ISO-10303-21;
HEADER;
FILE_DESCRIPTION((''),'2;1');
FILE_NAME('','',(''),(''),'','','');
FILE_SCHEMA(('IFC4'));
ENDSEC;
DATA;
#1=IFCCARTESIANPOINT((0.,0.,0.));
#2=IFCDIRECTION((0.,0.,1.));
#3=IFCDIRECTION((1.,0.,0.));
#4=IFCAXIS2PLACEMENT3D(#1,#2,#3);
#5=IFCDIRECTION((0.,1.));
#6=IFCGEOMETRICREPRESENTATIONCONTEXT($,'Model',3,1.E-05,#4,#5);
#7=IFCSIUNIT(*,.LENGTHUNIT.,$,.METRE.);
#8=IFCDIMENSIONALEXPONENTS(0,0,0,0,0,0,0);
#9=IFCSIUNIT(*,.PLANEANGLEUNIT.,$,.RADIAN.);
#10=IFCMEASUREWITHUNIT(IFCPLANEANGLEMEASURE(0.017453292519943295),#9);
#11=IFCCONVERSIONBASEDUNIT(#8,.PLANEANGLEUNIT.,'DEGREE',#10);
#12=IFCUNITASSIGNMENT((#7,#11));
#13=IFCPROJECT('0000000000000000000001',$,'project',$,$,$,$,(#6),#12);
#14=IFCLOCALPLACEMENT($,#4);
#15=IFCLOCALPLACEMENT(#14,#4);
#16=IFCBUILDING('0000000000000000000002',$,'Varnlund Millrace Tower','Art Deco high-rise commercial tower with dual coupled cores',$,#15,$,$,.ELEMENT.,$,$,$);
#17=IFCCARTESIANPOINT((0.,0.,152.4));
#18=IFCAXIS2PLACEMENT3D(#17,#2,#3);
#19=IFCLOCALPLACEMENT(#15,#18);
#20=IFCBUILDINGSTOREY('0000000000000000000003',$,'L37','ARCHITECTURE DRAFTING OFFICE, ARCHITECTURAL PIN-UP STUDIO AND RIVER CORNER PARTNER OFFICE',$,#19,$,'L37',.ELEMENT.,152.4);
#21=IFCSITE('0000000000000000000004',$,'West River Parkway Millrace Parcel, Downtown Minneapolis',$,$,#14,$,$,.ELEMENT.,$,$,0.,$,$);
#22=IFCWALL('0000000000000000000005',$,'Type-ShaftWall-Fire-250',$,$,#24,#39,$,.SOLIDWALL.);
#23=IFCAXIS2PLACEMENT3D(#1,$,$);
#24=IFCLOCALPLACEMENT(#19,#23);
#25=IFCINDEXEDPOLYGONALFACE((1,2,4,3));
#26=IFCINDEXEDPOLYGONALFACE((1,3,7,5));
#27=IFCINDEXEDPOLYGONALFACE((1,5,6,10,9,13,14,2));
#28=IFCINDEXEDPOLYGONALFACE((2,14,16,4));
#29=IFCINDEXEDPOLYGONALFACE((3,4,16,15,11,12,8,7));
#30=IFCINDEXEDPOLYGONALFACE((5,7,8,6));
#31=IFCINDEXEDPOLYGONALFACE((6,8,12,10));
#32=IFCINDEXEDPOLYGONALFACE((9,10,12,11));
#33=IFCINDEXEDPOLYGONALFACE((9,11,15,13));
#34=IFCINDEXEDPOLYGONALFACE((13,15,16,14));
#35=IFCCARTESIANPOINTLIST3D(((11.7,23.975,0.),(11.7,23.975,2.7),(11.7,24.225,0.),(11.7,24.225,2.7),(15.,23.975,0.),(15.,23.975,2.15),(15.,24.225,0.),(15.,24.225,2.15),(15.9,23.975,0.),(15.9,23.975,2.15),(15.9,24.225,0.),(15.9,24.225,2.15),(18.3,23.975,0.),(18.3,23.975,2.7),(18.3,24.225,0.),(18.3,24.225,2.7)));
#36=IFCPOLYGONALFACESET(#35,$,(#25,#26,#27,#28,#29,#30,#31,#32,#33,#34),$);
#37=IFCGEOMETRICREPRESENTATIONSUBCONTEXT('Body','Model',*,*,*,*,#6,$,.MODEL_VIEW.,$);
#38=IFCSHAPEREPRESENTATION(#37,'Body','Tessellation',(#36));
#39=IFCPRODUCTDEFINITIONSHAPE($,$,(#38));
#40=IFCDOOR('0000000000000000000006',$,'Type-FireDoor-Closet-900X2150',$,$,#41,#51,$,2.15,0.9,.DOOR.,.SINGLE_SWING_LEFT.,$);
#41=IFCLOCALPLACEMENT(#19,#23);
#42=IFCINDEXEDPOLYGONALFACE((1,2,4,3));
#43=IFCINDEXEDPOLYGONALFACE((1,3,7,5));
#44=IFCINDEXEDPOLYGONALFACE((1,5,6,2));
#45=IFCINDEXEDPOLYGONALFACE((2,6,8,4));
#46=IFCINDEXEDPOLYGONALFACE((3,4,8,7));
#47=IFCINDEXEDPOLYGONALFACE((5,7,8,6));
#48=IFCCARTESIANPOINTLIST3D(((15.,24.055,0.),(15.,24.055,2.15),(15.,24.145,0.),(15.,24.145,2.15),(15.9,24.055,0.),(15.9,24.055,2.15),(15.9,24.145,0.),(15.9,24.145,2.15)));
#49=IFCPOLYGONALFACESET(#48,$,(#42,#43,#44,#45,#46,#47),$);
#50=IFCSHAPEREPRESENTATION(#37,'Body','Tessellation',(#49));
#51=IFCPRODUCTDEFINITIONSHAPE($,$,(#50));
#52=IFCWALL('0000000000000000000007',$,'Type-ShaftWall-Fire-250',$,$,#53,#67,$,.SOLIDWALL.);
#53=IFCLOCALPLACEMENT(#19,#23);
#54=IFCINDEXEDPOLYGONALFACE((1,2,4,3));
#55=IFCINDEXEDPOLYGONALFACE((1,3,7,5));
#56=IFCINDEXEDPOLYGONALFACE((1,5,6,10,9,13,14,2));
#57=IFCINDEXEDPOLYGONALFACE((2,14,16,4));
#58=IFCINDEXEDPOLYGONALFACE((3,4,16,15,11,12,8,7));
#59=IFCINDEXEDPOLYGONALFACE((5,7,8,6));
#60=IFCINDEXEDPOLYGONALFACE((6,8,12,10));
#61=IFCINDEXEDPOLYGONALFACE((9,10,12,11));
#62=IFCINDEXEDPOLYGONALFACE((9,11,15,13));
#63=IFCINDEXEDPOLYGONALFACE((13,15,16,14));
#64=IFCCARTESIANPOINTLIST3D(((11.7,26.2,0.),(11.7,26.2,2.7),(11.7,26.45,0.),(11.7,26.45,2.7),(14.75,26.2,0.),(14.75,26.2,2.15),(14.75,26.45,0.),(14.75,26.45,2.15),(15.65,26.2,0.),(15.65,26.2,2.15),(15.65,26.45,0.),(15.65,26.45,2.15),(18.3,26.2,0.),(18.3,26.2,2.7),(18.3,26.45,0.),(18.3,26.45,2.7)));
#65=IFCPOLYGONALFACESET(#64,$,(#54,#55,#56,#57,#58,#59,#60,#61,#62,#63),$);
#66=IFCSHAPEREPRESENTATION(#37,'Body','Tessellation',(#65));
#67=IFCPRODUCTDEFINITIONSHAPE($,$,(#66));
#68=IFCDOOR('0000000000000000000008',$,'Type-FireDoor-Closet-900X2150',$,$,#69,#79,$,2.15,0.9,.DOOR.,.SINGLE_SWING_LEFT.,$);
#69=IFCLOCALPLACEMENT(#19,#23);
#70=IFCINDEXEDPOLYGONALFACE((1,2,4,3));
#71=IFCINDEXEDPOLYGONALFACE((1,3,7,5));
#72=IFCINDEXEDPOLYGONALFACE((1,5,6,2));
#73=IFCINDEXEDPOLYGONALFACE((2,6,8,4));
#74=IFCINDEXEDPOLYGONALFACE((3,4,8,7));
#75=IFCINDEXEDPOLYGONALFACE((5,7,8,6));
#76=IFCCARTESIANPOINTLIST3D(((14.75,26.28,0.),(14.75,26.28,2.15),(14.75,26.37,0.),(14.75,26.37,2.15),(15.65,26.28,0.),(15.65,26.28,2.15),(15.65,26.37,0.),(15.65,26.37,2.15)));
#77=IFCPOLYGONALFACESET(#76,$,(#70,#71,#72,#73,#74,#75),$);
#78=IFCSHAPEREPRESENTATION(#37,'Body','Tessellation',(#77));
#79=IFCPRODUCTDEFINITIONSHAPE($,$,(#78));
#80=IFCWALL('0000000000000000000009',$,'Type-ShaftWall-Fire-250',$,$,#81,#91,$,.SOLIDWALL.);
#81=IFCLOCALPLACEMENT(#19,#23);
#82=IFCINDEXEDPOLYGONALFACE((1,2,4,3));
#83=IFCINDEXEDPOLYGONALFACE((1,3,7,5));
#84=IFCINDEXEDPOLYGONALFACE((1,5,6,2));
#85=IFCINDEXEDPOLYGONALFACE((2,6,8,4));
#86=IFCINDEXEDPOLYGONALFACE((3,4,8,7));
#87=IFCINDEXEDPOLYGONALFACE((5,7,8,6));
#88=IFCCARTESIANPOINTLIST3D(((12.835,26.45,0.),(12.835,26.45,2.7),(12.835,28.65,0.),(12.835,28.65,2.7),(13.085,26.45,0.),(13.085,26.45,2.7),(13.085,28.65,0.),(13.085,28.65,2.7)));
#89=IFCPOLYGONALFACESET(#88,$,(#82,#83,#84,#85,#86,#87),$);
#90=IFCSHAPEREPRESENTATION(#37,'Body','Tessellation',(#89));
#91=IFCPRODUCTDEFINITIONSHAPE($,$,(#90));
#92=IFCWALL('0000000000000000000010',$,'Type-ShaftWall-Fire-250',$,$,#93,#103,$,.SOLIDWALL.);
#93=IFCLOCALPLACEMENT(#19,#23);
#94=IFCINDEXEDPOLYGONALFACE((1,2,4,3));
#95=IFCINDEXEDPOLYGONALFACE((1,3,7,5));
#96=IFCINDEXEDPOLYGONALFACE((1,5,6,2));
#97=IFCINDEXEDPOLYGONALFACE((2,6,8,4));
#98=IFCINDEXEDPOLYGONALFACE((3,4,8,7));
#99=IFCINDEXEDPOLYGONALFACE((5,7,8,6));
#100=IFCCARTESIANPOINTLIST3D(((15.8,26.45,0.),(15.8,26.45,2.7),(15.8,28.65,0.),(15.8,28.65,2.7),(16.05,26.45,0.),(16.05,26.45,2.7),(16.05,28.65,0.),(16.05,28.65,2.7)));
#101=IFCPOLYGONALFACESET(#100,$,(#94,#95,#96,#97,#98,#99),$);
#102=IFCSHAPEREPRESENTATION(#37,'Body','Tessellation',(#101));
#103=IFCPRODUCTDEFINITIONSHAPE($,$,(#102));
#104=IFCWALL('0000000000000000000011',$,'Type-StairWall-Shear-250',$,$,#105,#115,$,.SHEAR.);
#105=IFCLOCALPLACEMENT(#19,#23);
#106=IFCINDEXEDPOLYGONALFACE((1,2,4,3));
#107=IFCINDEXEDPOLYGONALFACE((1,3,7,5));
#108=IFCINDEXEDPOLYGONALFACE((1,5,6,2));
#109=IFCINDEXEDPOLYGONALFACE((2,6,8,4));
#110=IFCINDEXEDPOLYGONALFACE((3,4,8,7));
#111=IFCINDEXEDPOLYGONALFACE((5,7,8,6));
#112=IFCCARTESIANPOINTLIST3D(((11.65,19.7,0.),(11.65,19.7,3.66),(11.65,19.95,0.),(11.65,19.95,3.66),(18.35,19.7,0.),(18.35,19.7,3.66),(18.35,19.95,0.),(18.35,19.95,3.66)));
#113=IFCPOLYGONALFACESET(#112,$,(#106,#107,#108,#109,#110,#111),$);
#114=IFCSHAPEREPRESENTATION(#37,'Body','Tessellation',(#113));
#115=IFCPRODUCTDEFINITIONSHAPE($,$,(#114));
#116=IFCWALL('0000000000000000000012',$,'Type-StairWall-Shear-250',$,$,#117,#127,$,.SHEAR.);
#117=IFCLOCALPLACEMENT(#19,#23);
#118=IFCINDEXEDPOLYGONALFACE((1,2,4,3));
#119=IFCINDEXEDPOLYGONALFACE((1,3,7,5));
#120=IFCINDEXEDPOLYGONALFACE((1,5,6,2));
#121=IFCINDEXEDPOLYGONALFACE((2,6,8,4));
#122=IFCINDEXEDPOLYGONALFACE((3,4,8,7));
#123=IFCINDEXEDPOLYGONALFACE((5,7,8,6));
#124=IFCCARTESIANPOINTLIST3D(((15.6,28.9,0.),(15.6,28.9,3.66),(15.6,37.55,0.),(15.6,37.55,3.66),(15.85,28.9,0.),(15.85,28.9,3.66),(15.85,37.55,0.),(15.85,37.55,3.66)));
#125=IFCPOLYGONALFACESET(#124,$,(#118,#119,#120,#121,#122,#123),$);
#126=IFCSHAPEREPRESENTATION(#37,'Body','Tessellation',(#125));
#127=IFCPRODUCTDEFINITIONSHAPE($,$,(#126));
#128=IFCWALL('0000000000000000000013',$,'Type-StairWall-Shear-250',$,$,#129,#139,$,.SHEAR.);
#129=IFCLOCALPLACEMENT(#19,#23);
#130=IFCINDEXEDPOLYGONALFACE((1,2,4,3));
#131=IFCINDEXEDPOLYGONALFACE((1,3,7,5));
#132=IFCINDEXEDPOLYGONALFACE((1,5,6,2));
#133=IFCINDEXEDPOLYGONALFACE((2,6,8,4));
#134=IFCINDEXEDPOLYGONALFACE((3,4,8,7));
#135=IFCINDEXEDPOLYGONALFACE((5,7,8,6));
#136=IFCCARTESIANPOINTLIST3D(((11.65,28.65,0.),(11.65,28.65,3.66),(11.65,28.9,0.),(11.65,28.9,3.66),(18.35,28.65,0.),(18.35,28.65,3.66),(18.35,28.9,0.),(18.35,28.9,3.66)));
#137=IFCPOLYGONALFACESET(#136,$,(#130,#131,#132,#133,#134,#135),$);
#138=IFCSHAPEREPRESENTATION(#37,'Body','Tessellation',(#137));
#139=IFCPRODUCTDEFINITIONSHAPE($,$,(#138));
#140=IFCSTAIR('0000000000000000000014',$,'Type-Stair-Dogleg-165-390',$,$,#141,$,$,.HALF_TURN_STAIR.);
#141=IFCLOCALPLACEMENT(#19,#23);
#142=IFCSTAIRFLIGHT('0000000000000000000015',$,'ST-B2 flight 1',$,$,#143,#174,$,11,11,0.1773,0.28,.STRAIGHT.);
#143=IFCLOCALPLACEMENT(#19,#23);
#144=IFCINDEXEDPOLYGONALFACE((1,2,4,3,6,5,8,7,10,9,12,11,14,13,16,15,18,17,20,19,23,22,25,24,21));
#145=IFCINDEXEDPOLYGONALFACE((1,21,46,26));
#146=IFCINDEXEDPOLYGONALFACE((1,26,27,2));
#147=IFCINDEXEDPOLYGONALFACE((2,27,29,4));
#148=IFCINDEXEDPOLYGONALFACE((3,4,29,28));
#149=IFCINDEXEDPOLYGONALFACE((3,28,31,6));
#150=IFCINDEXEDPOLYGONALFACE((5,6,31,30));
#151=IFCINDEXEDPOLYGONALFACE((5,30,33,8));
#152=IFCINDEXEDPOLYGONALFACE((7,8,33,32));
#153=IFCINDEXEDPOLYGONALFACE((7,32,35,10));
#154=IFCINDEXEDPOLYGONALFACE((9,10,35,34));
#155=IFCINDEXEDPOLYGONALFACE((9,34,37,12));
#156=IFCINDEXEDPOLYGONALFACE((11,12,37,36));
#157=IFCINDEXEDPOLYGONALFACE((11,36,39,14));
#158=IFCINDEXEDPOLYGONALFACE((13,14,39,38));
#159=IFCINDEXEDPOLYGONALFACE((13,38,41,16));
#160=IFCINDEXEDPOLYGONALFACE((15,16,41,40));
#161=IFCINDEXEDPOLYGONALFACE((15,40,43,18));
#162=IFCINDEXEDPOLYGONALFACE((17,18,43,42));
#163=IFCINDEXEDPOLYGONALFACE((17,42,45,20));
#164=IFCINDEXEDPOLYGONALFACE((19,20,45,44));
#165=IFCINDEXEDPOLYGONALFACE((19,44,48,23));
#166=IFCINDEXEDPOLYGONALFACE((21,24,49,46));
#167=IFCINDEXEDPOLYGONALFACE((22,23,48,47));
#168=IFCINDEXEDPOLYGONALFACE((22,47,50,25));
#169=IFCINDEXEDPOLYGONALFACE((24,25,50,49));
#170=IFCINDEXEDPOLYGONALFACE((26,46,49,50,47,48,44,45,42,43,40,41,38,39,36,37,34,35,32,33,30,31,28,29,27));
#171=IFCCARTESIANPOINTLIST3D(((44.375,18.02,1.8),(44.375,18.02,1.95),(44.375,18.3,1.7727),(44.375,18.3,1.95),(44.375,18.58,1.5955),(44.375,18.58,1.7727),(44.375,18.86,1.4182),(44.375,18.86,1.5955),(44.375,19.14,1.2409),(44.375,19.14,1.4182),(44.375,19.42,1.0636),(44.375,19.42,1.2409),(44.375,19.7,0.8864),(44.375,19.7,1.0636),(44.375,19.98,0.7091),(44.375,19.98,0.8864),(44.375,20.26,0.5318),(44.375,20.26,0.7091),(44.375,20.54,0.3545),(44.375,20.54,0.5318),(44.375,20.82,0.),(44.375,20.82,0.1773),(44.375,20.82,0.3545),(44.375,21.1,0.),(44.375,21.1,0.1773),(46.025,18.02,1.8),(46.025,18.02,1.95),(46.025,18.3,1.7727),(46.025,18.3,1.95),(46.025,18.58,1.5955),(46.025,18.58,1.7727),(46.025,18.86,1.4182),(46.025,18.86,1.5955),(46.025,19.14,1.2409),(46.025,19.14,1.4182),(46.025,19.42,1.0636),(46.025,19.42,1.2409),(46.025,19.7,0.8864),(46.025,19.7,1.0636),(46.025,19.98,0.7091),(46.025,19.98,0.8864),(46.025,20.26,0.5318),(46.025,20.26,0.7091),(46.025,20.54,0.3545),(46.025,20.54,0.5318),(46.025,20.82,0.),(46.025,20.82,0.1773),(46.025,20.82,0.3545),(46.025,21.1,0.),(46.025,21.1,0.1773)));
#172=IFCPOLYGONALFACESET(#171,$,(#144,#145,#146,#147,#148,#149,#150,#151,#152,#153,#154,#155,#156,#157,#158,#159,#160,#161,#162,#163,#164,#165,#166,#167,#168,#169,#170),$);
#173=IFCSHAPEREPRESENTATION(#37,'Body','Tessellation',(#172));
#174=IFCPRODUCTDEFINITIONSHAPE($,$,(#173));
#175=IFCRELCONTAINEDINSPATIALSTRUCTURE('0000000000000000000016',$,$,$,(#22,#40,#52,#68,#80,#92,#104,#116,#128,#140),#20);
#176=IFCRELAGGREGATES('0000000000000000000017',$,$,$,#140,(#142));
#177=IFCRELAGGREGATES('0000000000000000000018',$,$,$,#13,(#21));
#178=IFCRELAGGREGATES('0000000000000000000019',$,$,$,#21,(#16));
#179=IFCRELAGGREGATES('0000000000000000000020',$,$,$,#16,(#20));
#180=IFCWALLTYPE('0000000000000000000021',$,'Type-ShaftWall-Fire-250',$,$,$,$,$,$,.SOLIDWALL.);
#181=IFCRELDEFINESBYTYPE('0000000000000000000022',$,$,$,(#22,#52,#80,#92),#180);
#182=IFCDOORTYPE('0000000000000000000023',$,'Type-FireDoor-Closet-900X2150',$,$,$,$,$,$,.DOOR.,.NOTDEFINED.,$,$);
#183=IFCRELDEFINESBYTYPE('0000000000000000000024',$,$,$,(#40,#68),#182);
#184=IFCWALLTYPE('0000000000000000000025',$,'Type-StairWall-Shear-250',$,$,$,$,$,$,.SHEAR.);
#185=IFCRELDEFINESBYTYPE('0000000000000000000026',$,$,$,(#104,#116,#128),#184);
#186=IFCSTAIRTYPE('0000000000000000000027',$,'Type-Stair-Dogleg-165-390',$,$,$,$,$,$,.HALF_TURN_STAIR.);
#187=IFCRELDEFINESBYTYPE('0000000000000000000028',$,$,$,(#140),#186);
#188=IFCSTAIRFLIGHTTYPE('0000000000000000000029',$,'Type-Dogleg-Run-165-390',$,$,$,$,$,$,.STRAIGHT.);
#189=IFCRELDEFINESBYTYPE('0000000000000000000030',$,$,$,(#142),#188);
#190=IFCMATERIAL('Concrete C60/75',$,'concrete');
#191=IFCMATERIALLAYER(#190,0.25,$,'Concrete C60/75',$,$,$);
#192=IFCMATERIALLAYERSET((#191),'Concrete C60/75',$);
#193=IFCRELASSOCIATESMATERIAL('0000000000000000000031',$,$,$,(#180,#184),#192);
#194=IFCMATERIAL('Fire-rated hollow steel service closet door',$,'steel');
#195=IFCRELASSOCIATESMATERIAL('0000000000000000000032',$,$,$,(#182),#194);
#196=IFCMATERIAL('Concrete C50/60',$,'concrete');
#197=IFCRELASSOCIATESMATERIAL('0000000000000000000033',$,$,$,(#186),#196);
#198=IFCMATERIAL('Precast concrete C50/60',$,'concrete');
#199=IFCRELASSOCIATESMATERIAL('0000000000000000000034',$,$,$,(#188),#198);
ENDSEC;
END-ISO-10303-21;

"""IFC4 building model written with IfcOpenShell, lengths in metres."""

from ifc_helpers import new_model, entity, si_unit, converted_unit, direction, frame, origin_with_axes, origin_2d_with_axis, place, context, subcontext, project, spatial, polyline, rectangle, outline, extrude, material, layer, layer_set, type_object, element, fill, aggregate, save


model = new_model("IFC4")

# Units and contexts
model_context = context("Model", 3, precision=1e-05, world=origin_with_axes(), true_north=direction((0.0, 1.0)))
body_context = subcontext(model_context, "Body", "Model", "MODEL_VIEW")
ifc_project = project(units=[si_unit("LENGTHUNIT", "METRE"), converted_unit("PLANEANGLEUNIT", "DEGREE", entity("IfcPlaneAngleMeasure", 0.017453292519943295), si_unit("PLANEANGLEUNIT", "RADIAN"), dimensions=[0, 0, 0, 0, 0, 0, 0])], contexts=[model_context])

# Site, building, storey
site_placement = place(None, origin_with_axes())
site = spatial("IfcSite", under=ifc_project, at=site_placement, Name="West River Parkway Millrace Parcel, Downtown Minneapolis", CompositionType="ELEMENT", RefElevation=0.0)
building_placement = place(site_placement, origin_with_axes())
building = spatial("IfcBuilding", under=site, at=building_placement, Name="Varnlund Millrace Tower", Description="Art Deco high-rise commercial tower with dual coupled cores", CompositionType="ELEMENT")
storey_placement = place(building_placement, frame((0.0, 0.0, 152.4), z_axis=(0.0, 0.0, 1.0), x_axis=(1.0, 0.0, 0.0)))
storey = spatial("IfcBuildingStorey", under=building, at=storey_placement, Name="L37", Description="ARCHITECTURE DRAFTING OFFICE, ARCHITECTURAL PIN-UP STUDIO AND RIVER CORNER PARTNER OFFICE", LongName="L37", CompositionType="ELEMENT", Elevation=152.4)

# Shared definitions
ifc_material_1 = material(Name="Concrete C60/75", Category="concrete")
ifc_layer_1 = layer(ifc_material_1, 0.25, Name="Concrete C60/75")
ifc_layer_set_1 = layer_set([ifc_layer_1], Name="Concrete C60/75")
wall_type_1 = type_object("IfcWallType", Name="Type-ShaftWall-Fire-250", PredefinedType="SOLIDWALL", material=ifc_layer_set_1)

# Walls, openings, doors
wall_1_placement = place(storey_placement, frame((11.7, 24.1, 0.0), z_axis=(0.0, 0.0, 1.0), x_axis=(1.0, 0.0, 0.0)))
wall_1 = element("IfcWall", 1, at=wall_1_placement, inside=storey, type_object=wall_type_1, Name="Type-ShaftWall-Fire-250", PredefinedType="SOLIDWALL", context=body_context, shape_type="SweptSolid", body=[
    extrude(outline(polyline([(0.0, -0.125), (6.6, -0.125), (6.6, 0.125), (0.0, 0.125), (0.0, -0.125)])), origin_with_axes(), (0.0, 0.0, 1.0), 2.7),
])
opening_1_placement = place(wall_1_placement, frame((3.75, 0.0, 0.0), z_axis=(0.0, 0.0, 1.0), x_axis=(1.0, 0.0, 0.0)))
opening_1 = element("IfcOpeningElement", 2, at=opening_1_placement, cuts=wall_1, PredefinedType="OPENING", context=body_context, shape_type="SweptSolid", body=[
    extrude(rectangle(XDim=0.9, YDim=0.27, at=origin_2d_with_axis()), origin_with_axes(), (0.0, 0.0, 1.0), 2.15),
])
ifc_material_2 = material(Name="Fire-rated hollow steel service closet door", Category="steel")
door_type_1 = type_object("IfcDoorType", Name="Type-FireDoor-Closet-900X2150", OperationType="NOTDEFINED", PredefinedType="DOOR", material=ifc_material_2)
door_1_placement = place(wall_1_placement, frame((3.75, 0.0, 0.0), z_axis=(0.0, 0.0, 1.0), x_axis=(1.0, 0.0, 0.0)))
door_1 = element("IfcDoor", 3, at=door_1_placement, inside=storey, type_object=door_type_1, Name="Type-FireDoor-Closet-900X2150", OperationType="SINGLE_SWING_LEFT", OverallHeight=2.15, OverallWidth=0.9, PredefinedType="DOOR", context=body_context, shape_type="SweptSolid", body=[
    extrude(rectangle(XDim=0.9, YDim=0.09, at=origin_2d_with_axis()), origin_with_axes(), (0.0, 0.0, 1.0), 2.15),
])
fill(opening_1, door_1)
wall_2_placement = place(storey_placement, frame((11.7, 26.325, 0.0), z_axis=(0.0, 0.0, 1.0), x_axis=(1.0, 0.0, 0.0)))
wall_2 = element("IfcWall", 4, at=wall_2_placement, inside=storey, type_object=wall_type_1, Name="Type-ShaftWall-Fire-250", PredefinedType="SOLIDWALL", context=body_context, shape_type="SweptSolid", body=[
    extrude(outline(polyline([(0.0, -0.125), (6.6, -0.125), (6.6, 0.125), (0.0, 0.125), (0.0, -0.125)])), origin_with_axes(), (0.0, 0.0, 1.0), 2.7),
])
opening_2_placement = place(wall_2_placement, frame((3.5, 0.0, 0.0), z_axis=(0.0, 0.0, 1.0), x_axis=(1.0, 0.0, 0.0)))
opening_2 = element("IfcOpeningElement", 5, at=opening_2_placement, cuts=wall_2, PredefinedType="OPENING", context=body_context, shape_type="SweptSolid", body=[
    extrude(rectangle(XDim=0.9, YDim=0.27, at=origin_2d_with_axis()), origin_with_axes(), (0.0, 0.0, 1.0), 2.15),
])
door_2_placement = place(wall_2_placement, frame((3.5, 0.0, 0.0), z_axis=(0.0, 0.0, 1.0), x_axis=(1.0, 0.0, 0.0)))
door_2 = element("IfcDoor", 6, at=door_2_placement, inside=storey, type_object=door_type_1, Name="Type-FireDoor-Closet-900X2150", OperationType="SINGLE_SWING_LEFT", OverallHeight=2.15, OverallWidth=0.9, PredefinedType="DOOR", context=body_context, shape_type="SweptSolid", body=[
    extrude(rectangle(XDim=0.9, YDim=0.09, at=origin_2d_with_axis()), origin_with_axes(), (0.0, 0.0, 1.0), 2.15),
])
fill(opening_2, door_2)

# Walls
for number, where, z_axis, x_axis, name in (
    (7, (12.96, 26.45, 0.0), (0.0, 0.0, 1.0), (0.0, 1.0, 0.0), "Type-ShaftWall-Fire-250"),
    (8, (15.925, 26.45, 0.0), (0.0, 0.0, 1.0), (0.0, 1.0, 0.0), "Type-ShaftWall-Fire-250"),
):
    element("IfcWall", number, at=place(storey_placement, frame(where, z_axis=z_axis, x_axis=x_axis)), inside=storey, type_object=wall_type_1, Name=name, PredefinedType="SOLIDWALL", context=body_context, shape_type="SweptSolid", body=[
        extrude(outline(polyline([(0.0, -0.125), (2.2, -0.125), (2.2, 0.125), (0.0, 0.125), (0.0, -0.125)])), origin_with_axes(), (0.0, 0.0, 1.0), 2.7),
    ])
wall_type_2 = type_object("IfcWallType", Name="Type-StairWall-Shear-250", PredefinedType="SHEAR", material=ifc_layer_set_1)
wall_3_placement = place(storey_placement, frame((11.65, 19.825, 0.0), z_axis=(0.0, 0.0, 1.0), x_axis=(1.0, 0.0, 0.0)))
element("IfcWall", 9, at=wall_3_placement, inside=storey, type_object=wall_type_2, Name="Type-StairWall-Shear-250", PredefinedType="SHEAR", context=body_context, shape_type="SweptSolid", body=[
    extrude(outline(polyline([(0.0, -0.125), (6.7, -0.125), (6.7, 0.125), (0.0, 0.125), (0.0, -0.125)])), origin_with_axes(), (0.0, 0.0, 1.0), 3.66),
])
wall_4_placement = place(storey_placement, frame((15.725, 28.9, 0.0), z_axis=(0.0, 0.0, 1.0), x_axis=(0.0, 1.0, 0.0)))
element("IfcWall", 10, at=wall_4_placement, inside=storey, type_object=wall_type_2, Name="Type-StairWall-Shear-250", PredefinedType="SHEAR", context=body_context, shape_type="SweptSolid", body=[
    extrude(outline(polyline([(0.0, -0.125), (8.65, -0.125), (8.65, 0.125), (0.0, 0.125), (0.0, -0.125)])), origin_with_axes(), (0.0, 0.0, 1.0), 3.66),
])
wall_5_placement = place(storey_placement, frame((11.65, 28.775, 0.0), z_axis=(0.0, 0.0, 1.0), x_axis=(1.0, 0.0, 0.0)))
element("IfcWall", 11, at=wall_5_placement, inside=storey, type_object=wall_type_2, Name="Type-StairWall-Shear-250", PredefinedType="SHEAR", context=body_context, shape_type="SweptSolid", body=[
    extrude(outline(polyline([(0.0, -0.125), (6.7, -0.125), (6.7, 0.125), (0.0, 0.125), (0.0, -0.125)])), origin_with_axes(), (0.0, 0.0, 1.0), 3.66),
])

# Stair, stair flight
ifc_material_3 = material(Name="Concrete C50/60", Category="concrete")
stair_type_1 = type_object("IfcStairType", Name="Type-Stair-Dogleg-165-390", PredefinedType="HALF_TURN_STAIR", material=ifc_material_3)
stair_1_placement = place(storey_placement, origin_with_axes())
stair_1 = element("IfcStair", 12, at=stair_1_placement, inside=storey, type_object=stair_type_1, Name="Type-Stair-Dogleg-165-390", PredefinedType="HALF_TURN_STAIR")
ifc_material_4 = material(Name="Precast concrete C50/60", Category="concrete")
stair_flight_type_1 = type_object("IfcStairFlightType", Name="Type-Dogleg-Run-165-390", PredefinedType="STRAIGHT", material=ifc_material_4)
stair_flight_1_placement = place(storey_placement, frame((46.025, 21.1, 0.0), z_axis=(-1.0, 0.0, 0.0), x_axis=(0.0, -1.0, 0.0)))
stair_flight_1 = element("IfcStairFlight", 13, at=stair_flight_1_placement, type_object=stair_flight_type_1, Name="ST-B2 flight 1", NumberOfRisers=11, NumberOfTreads=11, PredefinedType="STRAIGHT", RiserHeight=0.1773, TreadLength=0.28, context=body_context, shape_type="SweptSolid", body=[
    extrude(outline(polyline([(0.0, 0.0), (0.0, 0.1773), (0.28, 0.1773), (0.28, 0.3545), (0.56, 0.3545), (0.56, 0.5318), (0.84, 0.5318), (0.84, 0.7091), (1.12, 0.7091), (1.12, 0.8864), (1.4, 0.8864), (1.4, 1.0636), (1.68, 1.0636), (1.68, 1.2409), (1.96, 1.2409), (1.96, 1.4182), (2.24, 1.4182), (2.24, 1.5955), (2.52, 1.5955), (2.52, 1.7727), (2.8, 1.7727), (2.8, 1.95), (3.08, 1.95), (3.08, 1.8), (0.28, 0.0), (0.0, 0.0)])), origin_with_axes(), (0.0, 0.0, 1.0), 1.65),
])
aggregate(stair_1, [stair_flight_1])

save(model, "model.ifc")
